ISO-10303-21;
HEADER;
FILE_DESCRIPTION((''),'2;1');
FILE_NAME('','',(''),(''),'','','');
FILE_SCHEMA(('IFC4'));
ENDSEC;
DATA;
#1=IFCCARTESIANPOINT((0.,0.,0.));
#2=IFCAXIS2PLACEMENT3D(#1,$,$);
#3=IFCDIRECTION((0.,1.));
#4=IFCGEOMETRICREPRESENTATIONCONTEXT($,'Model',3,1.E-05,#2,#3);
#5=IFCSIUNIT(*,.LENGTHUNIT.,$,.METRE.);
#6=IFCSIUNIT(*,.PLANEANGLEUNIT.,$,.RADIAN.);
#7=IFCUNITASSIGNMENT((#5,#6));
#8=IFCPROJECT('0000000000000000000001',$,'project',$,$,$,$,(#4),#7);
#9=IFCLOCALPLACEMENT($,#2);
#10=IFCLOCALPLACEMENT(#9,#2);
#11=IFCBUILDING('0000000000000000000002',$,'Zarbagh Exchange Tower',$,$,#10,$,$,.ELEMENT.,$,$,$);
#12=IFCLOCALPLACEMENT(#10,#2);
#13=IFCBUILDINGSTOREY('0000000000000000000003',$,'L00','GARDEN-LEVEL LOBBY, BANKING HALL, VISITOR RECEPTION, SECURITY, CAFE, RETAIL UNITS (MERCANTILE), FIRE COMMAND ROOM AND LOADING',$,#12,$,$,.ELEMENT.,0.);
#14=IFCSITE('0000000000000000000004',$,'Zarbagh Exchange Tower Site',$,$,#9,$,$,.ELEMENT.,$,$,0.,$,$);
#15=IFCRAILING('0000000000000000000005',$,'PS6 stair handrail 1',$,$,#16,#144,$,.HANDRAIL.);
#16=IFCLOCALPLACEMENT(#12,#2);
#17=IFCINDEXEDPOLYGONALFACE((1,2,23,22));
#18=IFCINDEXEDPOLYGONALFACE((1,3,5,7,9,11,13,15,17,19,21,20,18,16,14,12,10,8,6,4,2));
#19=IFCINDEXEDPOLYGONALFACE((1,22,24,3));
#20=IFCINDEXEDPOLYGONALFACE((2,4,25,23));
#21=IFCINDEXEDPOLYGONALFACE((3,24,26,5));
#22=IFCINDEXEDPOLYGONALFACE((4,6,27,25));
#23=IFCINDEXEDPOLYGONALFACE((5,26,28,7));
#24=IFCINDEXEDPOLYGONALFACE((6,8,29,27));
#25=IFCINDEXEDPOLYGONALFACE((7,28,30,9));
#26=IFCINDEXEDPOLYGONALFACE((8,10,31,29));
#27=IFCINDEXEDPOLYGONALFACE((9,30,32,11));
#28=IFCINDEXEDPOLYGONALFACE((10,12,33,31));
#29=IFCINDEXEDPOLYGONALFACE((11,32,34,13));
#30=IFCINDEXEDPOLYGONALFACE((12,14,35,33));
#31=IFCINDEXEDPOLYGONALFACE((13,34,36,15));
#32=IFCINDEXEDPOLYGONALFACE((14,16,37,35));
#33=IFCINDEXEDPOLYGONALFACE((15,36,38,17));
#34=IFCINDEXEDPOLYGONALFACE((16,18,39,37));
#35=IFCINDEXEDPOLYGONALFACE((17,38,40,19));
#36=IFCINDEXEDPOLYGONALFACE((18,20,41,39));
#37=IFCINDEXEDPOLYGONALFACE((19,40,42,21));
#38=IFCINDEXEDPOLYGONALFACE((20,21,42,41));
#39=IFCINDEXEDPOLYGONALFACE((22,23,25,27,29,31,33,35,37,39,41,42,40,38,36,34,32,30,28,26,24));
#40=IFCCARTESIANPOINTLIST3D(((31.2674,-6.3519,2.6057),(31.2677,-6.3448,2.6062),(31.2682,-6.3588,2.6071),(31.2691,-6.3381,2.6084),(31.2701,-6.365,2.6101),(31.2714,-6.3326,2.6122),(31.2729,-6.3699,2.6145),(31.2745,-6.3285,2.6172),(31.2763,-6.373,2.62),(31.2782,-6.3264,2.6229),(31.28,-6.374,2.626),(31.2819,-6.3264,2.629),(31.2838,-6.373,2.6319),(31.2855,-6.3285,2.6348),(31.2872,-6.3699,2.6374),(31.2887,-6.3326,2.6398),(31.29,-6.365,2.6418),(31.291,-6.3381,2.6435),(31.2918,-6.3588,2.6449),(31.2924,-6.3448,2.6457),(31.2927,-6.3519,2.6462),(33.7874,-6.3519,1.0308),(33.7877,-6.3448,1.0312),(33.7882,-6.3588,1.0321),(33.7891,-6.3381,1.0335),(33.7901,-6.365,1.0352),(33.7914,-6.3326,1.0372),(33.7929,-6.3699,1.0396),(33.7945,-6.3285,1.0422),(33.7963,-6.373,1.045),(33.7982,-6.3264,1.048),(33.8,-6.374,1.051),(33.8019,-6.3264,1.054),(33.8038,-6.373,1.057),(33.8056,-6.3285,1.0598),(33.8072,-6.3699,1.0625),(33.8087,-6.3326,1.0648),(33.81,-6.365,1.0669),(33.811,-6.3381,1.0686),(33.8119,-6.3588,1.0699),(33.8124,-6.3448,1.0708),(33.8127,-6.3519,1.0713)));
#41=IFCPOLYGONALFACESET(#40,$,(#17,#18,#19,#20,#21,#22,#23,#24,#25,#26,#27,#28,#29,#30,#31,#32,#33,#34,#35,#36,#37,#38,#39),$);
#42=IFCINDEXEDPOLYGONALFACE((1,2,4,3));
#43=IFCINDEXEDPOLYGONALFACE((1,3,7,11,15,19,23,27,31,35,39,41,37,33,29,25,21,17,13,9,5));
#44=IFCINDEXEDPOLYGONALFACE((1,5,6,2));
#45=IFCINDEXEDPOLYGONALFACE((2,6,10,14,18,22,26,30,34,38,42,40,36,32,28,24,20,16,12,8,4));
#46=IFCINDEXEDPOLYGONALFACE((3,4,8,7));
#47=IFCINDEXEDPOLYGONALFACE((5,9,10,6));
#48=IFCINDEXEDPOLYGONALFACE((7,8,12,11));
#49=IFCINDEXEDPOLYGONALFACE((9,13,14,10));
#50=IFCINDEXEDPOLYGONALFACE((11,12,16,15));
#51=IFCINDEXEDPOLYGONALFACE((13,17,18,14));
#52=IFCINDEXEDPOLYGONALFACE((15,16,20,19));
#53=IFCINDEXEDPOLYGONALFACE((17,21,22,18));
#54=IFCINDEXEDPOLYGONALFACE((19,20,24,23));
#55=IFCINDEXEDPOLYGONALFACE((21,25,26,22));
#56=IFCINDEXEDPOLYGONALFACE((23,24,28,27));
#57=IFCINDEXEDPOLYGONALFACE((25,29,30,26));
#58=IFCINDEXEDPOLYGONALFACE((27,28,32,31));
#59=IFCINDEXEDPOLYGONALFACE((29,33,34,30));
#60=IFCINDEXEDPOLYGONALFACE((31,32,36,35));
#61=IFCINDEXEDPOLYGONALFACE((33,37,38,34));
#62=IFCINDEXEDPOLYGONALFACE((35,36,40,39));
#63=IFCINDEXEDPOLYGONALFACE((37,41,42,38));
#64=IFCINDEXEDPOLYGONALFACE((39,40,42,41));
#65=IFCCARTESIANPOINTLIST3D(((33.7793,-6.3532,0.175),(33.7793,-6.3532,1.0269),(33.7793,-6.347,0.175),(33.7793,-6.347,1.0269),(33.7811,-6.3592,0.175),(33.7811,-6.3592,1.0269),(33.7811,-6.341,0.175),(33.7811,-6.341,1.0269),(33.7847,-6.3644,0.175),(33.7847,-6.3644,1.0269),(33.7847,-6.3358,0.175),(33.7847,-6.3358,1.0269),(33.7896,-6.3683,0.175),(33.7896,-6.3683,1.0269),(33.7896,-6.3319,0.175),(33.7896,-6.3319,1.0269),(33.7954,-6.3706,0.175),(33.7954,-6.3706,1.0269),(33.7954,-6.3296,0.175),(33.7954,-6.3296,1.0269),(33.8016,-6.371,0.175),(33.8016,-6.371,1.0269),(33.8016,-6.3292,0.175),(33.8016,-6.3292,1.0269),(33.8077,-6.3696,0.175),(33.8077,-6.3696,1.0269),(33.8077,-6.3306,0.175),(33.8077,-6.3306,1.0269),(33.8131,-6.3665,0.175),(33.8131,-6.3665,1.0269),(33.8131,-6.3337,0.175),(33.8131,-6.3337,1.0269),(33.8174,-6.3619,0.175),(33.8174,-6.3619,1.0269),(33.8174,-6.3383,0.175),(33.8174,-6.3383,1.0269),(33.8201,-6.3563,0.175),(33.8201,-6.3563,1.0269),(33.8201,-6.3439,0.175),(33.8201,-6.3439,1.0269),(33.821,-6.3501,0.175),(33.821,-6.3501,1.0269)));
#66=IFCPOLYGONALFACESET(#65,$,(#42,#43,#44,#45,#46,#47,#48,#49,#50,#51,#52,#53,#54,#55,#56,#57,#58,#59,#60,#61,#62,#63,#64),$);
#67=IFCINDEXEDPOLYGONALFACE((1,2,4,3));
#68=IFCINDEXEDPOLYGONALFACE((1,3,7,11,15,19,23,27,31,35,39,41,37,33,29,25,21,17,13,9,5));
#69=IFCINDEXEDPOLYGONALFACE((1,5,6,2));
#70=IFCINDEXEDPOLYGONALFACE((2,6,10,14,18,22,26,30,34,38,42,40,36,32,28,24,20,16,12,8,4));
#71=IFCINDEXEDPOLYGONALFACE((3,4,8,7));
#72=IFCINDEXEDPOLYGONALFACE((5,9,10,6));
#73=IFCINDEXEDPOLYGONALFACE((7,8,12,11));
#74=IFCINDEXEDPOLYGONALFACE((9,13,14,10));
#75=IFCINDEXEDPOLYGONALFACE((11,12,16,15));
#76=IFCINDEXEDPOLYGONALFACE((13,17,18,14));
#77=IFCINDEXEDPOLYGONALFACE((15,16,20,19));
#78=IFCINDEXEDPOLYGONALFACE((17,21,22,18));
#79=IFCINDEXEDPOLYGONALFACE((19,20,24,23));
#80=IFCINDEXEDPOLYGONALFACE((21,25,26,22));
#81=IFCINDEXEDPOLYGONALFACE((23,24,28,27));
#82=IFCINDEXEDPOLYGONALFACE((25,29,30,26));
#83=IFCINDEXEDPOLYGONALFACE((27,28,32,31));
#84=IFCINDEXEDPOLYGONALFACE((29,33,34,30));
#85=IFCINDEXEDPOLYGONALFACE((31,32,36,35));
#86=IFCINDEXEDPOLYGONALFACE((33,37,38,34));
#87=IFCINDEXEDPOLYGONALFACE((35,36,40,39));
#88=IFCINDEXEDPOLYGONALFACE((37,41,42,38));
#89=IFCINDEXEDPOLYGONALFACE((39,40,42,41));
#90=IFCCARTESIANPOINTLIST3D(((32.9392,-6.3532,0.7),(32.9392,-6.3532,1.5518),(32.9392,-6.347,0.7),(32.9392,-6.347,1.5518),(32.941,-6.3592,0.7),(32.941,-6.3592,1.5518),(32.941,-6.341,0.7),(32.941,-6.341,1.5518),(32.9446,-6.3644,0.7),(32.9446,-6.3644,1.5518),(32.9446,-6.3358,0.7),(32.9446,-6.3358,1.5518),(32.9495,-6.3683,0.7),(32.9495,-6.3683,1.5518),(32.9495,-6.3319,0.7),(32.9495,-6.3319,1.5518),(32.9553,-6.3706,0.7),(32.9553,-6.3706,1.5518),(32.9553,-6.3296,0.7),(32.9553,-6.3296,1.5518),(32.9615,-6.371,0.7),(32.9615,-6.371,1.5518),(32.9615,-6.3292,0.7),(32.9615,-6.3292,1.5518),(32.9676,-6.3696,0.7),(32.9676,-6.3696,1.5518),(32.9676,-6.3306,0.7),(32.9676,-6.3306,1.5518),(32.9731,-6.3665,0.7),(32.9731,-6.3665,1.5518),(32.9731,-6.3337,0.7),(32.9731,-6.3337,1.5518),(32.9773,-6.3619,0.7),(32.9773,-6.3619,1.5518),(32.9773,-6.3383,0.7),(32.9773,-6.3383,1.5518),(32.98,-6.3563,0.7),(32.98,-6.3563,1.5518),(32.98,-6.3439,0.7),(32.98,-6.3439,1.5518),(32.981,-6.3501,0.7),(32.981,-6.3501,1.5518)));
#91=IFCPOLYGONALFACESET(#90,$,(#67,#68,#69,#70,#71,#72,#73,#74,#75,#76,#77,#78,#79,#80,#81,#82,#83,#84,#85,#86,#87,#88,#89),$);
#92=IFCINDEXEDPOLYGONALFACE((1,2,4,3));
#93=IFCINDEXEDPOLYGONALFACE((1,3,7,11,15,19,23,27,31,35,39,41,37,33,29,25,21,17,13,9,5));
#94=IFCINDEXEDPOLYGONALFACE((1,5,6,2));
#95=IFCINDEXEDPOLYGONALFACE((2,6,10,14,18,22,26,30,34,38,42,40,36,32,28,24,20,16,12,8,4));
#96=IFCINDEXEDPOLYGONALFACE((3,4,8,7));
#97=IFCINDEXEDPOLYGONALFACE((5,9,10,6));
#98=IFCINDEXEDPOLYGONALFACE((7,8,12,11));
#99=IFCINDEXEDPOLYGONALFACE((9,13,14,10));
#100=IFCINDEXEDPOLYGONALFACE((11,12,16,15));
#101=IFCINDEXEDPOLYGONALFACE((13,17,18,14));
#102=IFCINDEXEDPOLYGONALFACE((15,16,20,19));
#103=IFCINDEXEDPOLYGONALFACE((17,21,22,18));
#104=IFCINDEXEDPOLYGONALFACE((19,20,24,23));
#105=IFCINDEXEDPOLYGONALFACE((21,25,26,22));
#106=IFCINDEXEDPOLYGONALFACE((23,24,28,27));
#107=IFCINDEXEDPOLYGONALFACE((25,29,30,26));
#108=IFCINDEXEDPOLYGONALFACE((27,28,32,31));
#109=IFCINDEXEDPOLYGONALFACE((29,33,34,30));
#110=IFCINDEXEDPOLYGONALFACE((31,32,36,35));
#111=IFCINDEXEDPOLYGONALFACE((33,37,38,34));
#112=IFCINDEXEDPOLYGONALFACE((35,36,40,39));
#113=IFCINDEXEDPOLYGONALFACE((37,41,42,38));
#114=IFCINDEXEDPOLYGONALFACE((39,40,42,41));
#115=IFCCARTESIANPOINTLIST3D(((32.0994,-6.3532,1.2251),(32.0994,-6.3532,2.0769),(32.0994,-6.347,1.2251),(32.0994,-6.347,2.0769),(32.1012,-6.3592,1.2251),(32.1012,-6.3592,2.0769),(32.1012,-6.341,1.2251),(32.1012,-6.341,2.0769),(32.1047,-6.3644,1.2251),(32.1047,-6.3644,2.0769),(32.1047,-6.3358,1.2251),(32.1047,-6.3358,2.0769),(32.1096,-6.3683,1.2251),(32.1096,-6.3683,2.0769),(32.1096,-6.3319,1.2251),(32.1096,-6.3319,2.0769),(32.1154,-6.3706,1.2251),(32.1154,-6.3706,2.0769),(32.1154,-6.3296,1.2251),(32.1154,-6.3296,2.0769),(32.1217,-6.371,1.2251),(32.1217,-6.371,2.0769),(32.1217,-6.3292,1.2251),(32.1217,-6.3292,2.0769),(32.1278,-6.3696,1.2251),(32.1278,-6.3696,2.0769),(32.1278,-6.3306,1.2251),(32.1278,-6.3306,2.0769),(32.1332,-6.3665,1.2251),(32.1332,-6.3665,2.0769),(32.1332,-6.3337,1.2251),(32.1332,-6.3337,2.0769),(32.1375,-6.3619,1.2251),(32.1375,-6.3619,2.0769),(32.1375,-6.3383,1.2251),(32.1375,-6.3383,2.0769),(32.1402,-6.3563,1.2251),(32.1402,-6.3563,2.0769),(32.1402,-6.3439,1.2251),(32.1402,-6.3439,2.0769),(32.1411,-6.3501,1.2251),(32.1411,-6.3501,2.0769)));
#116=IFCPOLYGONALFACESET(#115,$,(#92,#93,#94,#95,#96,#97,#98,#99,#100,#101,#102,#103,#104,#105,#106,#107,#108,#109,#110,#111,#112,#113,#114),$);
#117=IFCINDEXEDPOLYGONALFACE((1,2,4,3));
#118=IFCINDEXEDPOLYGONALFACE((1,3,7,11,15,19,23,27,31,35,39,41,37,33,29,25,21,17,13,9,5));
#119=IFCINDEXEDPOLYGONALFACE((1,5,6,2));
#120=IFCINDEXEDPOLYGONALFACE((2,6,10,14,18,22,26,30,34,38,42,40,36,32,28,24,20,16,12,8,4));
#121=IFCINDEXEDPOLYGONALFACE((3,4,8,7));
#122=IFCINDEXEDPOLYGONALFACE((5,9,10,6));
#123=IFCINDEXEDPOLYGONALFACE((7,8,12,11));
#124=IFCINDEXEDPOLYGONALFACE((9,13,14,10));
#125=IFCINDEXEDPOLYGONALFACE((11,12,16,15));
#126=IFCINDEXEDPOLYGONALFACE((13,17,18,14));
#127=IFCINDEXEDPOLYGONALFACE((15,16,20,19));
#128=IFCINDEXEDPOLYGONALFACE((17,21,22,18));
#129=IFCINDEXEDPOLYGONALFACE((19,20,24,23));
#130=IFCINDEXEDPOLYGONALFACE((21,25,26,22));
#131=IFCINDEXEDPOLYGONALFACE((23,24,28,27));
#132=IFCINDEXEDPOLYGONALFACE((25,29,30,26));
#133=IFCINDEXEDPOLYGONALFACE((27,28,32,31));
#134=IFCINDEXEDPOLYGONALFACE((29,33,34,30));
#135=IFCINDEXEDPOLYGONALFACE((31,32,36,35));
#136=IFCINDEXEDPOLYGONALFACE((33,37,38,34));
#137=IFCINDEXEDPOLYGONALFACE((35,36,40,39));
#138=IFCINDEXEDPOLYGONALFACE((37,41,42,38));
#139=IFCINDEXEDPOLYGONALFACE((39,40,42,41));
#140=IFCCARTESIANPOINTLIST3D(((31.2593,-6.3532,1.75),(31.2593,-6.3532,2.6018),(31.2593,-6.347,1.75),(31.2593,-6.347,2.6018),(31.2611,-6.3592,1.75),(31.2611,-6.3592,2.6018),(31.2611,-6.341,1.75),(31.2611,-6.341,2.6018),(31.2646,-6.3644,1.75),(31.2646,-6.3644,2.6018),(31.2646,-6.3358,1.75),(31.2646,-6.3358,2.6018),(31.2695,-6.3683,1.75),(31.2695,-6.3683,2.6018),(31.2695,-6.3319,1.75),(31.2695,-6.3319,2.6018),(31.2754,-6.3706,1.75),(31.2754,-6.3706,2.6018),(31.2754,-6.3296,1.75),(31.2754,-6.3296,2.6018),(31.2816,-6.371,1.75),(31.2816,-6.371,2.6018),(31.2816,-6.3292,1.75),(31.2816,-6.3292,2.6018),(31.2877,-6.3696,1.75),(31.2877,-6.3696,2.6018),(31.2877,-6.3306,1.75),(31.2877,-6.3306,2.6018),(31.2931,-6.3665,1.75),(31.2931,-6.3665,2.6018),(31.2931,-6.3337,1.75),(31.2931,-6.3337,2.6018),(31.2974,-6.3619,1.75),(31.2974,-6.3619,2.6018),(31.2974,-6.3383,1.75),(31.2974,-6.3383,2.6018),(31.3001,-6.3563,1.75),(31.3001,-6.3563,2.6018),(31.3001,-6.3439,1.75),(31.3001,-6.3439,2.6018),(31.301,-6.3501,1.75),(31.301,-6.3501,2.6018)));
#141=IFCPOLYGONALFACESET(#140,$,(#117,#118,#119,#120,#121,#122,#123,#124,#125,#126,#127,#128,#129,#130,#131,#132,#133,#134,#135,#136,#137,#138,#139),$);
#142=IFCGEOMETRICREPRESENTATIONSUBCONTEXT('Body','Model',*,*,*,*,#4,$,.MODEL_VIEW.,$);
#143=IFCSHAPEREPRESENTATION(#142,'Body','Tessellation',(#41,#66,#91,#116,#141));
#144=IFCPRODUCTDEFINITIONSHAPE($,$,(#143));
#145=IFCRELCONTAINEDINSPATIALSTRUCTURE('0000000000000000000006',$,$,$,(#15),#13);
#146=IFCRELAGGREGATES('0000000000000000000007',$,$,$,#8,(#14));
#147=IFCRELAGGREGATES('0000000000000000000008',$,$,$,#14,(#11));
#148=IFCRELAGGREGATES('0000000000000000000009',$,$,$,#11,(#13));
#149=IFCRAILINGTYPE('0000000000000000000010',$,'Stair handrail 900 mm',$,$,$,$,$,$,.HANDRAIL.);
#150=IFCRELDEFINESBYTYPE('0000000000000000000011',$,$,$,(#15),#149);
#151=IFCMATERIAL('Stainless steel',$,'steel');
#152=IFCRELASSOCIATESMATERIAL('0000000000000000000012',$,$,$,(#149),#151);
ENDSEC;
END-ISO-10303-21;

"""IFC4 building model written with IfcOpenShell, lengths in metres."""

from ifc_helpers import new_model, si_unit, direction, frame, origin, origin_2d, place, context, subcontext, project, spatial, circle, extrude, material, type_object, element, save


model = new_model("IFC4")

# Units and contexts
model_context = context("Model", 3, precision=1e-05, world=origin(), true_north=direction((0.0, 1.0)))
body_context = subcontext(model_context, "Body", "Model", "MODEL_VIEW")
ifc_project = project(units=[si_unit("LENGTHUNIT", "METRE"), si_unit("PLANEANGLEUNIT", "RADIAN")], contexts=[model_context])

# Site, building, storey
site_placement = place(None, origin())
site = spatial("IfcSite", under=ifc_project, at=site_placement, Name="Zarbagh Exchange Tower Site", CompositionType="ELEMENT", RefElevation=0.0)
building_placement = place(site_placement, origin())
building = spatial("IfcBuilding", under=site, at=building_placement, Name="Zarbagh Exchange Tower", CompositionType="ELEMENT")
storey_placement = place(building_placement, origin())
storey = spatial("IfcBuildingStorey", under=building, at=storey_placement, Name="L00", Description="GARDEN-LEVEL LOBBY, BANKING HALL, VISITOR RECEPTION, SECURITY, CAFE, RETAIL UNITS (MERCANTILE), FIRE COMMAND ROOM AND LOADING", CompositionType="ELEMENT", Elevation=0.0)

# Railing
ifc_material_1 = material(Name="Stainless steel", Category="steel")
railing_type_1 = type_object("IfcRailingType", Name="Stair handrail 900 mm", PredefinedType="HANDRAIL", material=ifc_material_1)
for number, where, name in (
    (1, (33.8, -6.3501, 0.175), "PS6 stair handrail 1"),
):
    element("IfcRailing", number, at=place(storey_placement, frame(where)), inside=storey, type_object=railing_type_1, Name=name, PredefinedType="HANDRAIL", context=body_context, shape_type="SweptSolid", body=[
        extrude(circle(Radius=0.0239, at=origin_2d()), frame((0.0, 0.0, 0.876), z_axis=(-0.848008, 0.0, 0.529984), x_axis=(0.0, -1.0, 0.0)), (0.0, 0.0, 1.0), 2.9717),
        extrude(circle(Radius=0.021, at=origin_2d()), origin(), (0.0, 0.0, 1.0), 0.8518),
        extrude(circle(Radius=0.021, at=origin_2d()), frame((-0.8401, 0.0, 0.5249)), (0.0, 0.0, 1.0), 0.8518),
        extrude(circle(Radius=0.021, at=origin_2d()), frame((-1.6799, 0.0, 1.05)), (0.0, 0.0, 1.0), 0.8518),
        extrude(circle(Radius=0.021, at=origin_2d()), frame((-2.52, 0.0, 1.575)), (0.0, 0.0, 1.0), 0.8518),
    ])

save(model, "model.ifc")
